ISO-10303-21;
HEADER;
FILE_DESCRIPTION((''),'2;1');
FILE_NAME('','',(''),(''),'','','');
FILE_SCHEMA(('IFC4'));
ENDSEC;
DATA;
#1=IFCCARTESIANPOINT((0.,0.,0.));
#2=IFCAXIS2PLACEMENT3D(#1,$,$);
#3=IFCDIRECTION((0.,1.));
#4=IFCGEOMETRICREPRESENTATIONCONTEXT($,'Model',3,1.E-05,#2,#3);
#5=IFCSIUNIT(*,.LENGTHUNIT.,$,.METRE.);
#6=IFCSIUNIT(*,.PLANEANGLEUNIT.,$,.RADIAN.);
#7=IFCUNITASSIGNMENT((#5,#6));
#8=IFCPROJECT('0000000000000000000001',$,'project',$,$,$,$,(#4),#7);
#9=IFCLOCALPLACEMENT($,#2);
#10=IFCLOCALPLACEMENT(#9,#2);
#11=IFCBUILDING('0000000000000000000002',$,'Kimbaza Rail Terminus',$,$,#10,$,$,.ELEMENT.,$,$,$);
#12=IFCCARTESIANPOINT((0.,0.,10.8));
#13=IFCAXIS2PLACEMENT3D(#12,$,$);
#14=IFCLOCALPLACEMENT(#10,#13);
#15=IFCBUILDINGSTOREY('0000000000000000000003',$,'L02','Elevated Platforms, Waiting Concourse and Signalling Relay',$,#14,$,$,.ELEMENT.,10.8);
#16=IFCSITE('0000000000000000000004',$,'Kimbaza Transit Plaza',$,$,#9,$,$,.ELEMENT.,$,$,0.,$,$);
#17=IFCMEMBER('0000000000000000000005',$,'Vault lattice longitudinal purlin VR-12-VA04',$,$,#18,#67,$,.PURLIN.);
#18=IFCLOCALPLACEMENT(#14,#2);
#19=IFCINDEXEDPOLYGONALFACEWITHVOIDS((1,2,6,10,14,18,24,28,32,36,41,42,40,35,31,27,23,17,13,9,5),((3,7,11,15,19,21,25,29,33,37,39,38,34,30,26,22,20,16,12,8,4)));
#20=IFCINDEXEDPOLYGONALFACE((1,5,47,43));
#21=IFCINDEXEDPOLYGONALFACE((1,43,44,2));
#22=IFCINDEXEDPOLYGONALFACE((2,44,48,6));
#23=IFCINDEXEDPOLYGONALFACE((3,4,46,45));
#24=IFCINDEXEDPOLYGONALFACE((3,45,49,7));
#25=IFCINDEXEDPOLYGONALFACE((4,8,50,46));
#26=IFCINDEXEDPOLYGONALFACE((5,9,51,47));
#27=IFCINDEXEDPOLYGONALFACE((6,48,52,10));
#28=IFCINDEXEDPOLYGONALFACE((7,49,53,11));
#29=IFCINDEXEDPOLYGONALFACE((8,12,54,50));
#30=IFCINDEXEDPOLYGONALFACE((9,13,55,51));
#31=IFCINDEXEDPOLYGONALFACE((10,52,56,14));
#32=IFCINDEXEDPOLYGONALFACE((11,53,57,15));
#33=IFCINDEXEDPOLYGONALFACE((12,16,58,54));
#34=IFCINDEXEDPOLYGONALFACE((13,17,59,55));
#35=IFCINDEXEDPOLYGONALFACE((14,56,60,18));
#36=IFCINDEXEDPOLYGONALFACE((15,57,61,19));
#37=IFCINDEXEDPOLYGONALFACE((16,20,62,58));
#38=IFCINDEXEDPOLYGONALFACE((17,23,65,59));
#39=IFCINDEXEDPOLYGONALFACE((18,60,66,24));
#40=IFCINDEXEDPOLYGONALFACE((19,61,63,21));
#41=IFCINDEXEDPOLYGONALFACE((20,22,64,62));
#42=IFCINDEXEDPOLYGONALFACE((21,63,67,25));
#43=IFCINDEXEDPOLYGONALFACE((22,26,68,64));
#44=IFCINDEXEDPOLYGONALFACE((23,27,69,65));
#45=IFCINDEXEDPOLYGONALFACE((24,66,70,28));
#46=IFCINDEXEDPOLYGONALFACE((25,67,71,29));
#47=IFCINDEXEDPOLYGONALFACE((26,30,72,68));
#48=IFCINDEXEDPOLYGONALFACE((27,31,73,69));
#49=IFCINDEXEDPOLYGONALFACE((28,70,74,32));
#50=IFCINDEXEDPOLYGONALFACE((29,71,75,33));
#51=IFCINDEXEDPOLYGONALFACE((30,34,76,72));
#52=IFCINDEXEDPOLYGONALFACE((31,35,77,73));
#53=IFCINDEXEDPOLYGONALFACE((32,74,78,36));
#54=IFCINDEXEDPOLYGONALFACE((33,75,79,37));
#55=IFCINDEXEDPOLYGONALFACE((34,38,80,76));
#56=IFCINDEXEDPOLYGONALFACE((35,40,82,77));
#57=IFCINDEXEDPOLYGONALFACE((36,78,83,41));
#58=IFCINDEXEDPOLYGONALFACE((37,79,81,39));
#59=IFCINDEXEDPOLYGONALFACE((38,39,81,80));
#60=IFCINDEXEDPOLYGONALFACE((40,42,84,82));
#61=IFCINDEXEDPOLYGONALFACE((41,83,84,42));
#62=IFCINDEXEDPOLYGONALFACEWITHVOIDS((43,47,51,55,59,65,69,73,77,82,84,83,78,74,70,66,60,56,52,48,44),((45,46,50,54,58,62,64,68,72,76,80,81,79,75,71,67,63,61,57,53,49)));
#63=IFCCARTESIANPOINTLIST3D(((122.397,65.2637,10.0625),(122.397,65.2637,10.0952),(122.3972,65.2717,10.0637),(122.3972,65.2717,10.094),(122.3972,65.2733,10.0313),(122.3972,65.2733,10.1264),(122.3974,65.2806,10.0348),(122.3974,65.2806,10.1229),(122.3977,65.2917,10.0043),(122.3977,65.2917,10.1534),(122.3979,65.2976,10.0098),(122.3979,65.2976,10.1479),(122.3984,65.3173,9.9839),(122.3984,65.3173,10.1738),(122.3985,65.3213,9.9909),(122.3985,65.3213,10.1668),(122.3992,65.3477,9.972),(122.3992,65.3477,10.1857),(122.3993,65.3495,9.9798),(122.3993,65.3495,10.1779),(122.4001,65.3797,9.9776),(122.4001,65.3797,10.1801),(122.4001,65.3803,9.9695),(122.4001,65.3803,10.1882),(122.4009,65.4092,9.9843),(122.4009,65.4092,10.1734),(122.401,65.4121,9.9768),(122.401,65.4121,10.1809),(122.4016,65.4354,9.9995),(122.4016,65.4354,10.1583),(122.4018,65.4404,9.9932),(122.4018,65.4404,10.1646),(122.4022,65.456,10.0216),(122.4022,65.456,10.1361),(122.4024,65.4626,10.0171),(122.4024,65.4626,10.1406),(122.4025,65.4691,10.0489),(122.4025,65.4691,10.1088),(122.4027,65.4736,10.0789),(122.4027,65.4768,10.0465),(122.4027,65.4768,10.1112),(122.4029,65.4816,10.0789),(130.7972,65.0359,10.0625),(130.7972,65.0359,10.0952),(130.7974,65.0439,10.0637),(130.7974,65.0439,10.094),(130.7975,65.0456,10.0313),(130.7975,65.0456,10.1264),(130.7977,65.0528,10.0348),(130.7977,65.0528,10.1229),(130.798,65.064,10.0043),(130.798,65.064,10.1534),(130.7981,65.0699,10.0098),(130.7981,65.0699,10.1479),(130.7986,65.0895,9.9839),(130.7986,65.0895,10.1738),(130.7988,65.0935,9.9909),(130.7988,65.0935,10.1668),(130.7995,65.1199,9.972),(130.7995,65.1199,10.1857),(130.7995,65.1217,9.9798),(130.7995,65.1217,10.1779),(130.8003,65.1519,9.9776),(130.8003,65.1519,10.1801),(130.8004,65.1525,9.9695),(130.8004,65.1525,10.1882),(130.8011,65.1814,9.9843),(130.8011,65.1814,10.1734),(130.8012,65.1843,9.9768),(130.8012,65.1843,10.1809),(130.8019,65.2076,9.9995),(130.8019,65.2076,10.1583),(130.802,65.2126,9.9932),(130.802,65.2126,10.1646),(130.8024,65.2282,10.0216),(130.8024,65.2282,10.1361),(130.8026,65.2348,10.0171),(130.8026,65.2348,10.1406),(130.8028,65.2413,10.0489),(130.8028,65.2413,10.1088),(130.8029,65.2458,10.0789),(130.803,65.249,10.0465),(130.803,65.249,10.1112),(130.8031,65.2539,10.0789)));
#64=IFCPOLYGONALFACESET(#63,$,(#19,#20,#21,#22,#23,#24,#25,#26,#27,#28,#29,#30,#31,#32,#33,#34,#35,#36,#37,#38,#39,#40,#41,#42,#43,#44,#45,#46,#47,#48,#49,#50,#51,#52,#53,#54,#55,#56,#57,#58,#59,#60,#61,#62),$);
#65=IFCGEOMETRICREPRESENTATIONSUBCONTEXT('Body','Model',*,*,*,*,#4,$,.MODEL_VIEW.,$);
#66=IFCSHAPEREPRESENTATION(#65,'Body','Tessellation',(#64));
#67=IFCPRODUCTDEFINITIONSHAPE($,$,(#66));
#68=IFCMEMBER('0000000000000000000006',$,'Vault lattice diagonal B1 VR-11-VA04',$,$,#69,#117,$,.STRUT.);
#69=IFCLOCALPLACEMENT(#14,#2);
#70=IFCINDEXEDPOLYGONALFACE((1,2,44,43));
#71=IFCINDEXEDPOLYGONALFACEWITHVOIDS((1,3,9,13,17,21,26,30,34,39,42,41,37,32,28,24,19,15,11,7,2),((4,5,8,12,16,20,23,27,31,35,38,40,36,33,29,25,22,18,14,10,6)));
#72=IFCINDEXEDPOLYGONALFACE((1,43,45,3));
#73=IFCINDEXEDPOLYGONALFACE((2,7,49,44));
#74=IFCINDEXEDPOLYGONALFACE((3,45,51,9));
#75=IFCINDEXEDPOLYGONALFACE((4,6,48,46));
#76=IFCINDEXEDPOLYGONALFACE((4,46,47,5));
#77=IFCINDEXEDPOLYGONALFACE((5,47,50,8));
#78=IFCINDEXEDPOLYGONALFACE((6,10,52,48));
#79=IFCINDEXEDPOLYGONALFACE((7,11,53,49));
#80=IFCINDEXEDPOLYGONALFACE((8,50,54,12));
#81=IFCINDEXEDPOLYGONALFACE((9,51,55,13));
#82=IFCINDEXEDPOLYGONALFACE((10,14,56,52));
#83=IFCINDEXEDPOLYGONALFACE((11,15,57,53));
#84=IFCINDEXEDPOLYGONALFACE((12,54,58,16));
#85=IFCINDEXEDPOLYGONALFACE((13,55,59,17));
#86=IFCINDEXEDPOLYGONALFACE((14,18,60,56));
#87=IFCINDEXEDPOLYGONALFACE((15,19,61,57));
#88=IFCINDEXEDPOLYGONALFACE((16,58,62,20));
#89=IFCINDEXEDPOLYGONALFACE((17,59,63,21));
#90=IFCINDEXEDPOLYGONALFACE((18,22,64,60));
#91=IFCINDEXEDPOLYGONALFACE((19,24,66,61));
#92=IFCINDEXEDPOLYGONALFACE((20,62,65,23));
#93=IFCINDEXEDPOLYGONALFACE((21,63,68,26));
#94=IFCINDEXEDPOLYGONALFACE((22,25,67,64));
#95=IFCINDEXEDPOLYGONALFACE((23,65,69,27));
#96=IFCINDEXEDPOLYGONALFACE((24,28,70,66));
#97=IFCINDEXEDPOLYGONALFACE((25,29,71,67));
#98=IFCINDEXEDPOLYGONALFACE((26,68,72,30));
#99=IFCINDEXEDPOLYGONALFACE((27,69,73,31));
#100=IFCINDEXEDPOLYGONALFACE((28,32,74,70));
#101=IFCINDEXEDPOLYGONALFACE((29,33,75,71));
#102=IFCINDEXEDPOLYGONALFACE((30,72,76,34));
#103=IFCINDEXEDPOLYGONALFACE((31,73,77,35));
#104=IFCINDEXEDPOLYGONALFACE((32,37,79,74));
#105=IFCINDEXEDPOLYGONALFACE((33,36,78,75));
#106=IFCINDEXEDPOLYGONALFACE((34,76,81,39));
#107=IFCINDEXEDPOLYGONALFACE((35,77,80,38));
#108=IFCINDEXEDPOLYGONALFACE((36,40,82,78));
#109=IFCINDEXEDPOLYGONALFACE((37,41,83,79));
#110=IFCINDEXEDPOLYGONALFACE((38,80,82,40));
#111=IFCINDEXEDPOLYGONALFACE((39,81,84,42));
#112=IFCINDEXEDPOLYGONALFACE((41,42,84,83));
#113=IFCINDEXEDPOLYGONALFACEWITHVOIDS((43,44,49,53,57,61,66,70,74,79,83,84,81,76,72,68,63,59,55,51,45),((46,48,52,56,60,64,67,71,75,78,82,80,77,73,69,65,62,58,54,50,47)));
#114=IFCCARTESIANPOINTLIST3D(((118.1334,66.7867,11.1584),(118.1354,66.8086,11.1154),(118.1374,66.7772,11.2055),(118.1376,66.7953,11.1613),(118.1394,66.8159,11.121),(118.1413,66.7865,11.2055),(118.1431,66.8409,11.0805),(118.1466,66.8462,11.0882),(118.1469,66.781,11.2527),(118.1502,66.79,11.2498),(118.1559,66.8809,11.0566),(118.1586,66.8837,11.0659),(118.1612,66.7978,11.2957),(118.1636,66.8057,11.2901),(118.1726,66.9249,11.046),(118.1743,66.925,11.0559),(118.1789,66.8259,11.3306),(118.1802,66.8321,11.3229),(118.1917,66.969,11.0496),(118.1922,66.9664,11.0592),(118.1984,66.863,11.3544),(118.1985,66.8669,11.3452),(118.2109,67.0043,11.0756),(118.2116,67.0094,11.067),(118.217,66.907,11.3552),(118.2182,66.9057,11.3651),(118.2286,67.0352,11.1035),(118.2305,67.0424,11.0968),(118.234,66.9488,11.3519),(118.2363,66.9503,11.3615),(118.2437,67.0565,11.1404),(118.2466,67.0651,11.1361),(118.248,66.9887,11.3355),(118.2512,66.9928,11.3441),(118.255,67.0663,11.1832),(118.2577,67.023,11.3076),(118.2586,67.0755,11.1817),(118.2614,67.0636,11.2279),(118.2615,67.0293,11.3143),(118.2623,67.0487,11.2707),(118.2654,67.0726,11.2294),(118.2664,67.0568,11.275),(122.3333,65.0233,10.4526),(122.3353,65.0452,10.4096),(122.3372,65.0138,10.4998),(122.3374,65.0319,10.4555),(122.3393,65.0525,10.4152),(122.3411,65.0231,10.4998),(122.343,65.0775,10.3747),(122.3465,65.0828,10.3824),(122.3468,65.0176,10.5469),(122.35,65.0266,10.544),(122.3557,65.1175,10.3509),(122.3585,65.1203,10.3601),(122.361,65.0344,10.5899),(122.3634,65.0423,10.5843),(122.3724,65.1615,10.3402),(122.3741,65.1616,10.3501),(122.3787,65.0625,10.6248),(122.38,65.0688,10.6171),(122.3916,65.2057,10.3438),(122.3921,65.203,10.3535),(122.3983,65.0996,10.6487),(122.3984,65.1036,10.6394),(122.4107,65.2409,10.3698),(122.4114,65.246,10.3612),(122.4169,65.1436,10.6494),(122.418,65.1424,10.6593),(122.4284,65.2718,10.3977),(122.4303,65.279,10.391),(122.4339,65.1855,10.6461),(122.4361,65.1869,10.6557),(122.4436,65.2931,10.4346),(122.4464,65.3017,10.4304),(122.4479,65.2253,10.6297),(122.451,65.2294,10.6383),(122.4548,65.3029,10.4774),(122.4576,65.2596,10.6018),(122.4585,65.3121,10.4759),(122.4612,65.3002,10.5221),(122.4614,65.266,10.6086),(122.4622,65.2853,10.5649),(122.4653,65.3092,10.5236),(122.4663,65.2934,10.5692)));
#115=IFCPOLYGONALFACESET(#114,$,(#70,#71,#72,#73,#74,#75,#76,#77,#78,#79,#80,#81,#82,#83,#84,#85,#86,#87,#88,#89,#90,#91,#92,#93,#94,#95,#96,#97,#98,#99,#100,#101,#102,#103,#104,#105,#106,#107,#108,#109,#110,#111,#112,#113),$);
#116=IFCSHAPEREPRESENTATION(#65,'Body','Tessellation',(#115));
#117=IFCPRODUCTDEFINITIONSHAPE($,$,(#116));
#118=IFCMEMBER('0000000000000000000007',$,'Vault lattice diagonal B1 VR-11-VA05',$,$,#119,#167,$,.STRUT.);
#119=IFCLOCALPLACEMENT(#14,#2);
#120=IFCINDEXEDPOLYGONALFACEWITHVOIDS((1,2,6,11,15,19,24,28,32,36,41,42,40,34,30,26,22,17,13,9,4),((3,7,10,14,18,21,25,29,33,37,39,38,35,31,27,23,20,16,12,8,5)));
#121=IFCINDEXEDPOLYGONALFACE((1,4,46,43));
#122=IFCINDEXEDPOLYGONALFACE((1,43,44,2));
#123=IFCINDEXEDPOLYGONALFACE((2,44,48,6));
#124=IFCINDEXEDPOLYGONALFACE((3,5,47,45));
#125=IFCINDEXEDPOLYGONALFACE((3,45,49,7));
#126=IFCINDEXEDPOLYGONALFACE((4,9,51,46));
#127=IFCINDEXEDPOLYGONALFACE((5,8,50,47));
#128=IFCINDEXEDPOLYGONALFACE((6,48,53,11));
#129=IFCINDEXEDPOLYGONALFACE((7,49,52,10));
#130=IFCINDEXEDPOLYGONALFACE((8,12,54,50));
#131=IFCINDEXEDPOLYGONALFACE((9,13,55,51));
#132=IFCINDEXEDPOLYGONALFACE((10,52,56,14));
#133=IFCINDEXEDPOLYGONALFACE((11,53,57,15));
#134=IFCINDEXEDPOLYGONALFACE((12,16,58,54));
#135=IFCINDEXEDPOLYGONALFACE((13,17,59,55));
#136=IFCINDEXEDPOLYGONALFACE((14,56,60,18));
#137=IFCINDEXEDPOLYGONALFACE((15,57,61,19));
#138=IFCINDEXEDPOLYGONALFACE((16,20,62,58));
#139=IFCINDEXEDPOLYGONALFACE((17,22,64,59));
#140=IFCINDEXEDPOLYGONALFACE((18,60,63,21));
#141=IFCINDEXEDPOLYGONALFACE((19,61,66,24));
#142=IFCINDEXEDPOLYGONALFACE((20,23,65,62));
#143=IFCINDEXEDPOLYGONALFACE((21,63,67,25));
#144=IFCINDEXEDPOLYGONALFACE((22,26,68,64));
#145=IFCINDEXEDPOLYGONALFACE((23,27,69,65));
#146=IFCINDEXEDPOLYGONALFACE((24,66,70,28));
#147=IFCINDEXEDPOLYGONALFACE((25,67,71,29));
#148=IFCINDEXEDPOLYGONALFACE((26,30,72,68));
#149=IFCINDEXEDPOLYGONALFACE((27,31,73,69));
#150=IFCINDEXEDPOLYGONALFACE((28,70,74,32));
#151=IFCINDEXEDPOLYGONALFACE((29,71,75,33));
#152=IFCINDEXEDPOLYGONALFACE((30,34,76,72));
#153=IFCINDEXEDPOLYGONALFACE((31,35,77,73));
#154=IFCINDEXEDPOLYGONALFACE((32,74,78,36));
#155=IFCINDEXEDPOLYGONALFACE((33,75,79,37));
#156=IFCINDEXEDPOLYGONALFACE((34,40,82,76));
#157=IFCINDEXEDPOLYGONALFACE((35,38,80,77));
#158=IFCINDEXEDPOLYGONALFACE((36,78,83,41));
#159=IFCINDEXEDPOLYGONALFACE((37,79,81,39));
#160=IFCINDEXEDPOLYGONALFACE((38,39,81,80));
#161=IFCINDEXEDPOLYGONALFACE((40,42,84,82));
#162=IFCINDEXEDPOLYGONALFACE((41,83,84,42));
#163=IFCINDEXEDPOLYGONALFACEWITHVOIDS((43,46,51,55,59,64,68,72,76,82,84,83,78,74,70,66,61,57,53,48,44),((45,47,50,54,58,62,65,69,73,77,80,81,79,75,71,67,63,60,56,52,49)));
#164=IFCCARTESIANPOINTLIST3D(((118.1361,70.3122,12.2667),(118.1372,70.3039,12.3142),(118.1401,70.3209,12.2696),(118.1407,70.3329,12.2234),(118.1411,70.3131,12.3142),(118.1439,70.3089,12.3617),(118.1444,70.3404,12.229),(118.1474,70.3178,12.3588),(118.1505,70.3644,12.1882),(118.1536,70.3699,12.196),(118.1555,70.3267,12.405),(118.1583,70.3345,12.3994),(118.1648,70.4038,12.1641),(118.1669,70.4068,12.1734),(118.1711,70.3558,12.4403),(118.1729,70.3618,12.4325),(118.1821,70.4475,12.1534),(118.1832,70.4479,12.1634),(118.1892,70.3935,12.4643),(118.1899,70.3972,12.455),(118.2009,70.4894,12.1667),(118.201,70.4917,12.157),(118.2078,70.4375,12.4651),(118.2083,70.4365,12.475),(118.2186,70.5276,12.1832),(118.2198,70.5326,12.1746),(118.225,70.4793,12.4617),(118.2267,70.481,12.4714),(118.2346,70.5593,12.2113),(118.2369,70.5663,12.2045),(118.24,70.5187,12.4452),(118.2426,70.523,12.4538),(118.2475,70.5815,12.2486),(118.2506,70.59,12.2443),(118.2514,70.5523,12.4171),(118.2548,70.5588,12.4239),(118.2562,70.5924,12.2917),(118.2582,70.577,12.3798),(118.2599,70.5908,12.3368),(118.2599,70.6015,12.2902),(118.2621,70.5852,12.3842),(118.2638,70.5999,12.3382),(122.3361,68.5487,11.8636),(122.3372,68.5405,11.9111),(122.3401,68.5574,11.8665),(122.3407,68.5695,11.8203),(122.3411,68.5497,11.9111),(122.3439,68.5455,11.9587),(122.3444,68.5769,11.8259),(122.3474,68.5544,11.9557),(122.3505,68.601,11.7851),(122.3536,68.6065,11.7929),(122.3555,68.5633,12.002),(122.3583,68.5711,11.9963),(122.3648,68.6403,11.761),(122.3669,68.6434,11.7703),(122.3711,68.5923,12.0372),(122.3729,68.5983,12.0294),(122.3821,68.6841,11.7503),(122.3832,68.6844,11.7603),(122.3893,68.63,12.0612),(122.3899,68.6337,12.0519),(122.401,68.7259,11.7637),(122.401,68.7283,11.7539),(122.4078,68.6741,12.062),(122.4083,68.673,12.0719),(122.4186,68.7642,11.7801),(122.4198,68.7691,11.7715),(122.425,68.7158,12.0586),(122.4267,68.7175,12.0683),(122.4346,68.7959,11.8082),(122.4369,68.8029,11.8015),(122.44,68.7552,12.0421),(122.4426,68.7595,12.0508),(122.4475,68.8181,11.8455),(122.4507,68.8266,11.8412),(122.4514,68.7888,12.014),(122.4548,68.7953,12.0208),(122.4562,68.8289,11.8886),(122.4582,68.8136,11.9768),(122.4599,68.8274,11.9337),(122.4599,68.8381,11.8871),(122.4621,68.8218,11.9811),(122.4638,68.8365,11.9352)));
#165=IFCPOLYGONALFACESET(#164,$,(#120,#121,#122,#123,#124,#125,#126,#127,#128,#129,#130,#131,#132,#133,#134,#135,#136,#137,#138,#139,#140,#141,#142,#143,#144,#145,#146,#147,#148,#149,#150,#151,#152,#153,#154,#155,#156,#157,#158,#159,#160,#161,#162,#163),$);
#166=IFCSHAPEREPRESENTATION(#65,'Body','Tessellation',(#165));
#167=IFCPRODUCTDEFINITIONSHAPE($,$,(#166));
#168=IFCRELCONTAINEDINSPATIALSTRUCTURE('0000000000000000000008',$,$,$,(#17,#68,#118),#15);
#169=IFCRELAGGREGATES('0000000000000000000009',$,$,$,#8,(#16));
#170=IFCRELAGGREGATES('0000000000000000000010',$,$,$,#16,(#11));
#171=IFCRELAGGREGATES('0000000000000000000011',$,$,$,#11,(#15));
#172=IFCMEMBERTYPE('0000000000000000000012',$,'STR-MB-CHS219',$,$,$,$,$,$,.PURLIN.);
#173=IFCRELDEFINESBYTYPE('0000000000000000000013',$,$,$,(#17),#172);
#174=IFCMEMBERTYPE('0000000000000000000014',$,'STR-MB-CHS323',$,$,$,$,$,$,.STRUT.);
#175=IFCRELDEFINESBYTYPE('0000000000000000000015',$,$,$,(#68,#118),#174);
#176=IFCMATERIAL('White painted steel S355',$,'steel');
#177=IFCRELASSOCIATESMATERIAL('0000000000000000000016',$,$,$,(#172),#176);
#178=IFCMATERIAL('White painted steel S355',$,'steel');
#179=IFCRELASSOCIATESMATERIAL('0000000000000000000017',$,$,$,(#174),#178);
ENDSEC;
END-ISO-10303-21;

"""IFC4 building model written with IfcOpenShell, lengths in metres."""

from ifc_helpers import new_model, si_unit, direction, frame, origin, origin_2d, place, context, subcontext, project, spatial, hollow_circle, extrude, material, material_profile, profile_set, type_object, element, save


model = new_model("IFC4")

# Units and contexts
model_context = context("Model", 3, precision=1e-05, world=origin(), true_north=direction((0.0, 1.0)))
body_context = subcontext(model_context, "Body", "Model", "MODEL_VIEW")
ifc_project = project(units=[si_unit("LENGTHUNIT", "METRE"), si_unit("PLANEANGLEUNIT", "RADIAN")], contexts=[model_context])

# Site, building, storey
site_placement = place(None, origin())
site = spatial("IfcSite", under=ifc_project, at=site_placement, Name="Kimbaza Transit Plaza", CompositionType="ELEMENT", RefElevation=0.0)
building_placement = place(site_placement, origin())
building = spatial("IfcBuilding", under=site, at=building_placement, Name="Kimbaza Rail Terminus", CompositionType="ELEMENT")
storey_placement = place(building_placement, frame((0.0, 0.0, 10.8)))
storey = spatial("IfcBuildingStorey", under=building, at=storey_placement, Name="L02", Description="Elevated Platforms, Waiting Concourse and Signalling Relay", CompositionType="ELEMENT", Elevation=10.8)

# Members
ifc_material_1 = material(Name="White painted steel S355", Category="steel")
ifc_material_profile_1 = material_profile(ifc_material_1, hollow_circle(Radius=0.1096, WallThickness=0.0081, at=origin_2d()), Name="CHS 219.1x8")
ifc_profile_set_1 = profile_set([ifc_material_profile_1], Name="White painted steel S355")
member_type_1 = type_object("IfcMemberType", Name="STR-MB-CHS219", PredefinedType="PURLIN", material=ifc_profile_set_1)
for number, where, z_axis, x_axis, name in (
    (1, (122.3999, 65.3721, 10.0789), (0.999633, -0.027107, 0.0), (0.027107, 0.999633, 0.0), "Vault lattice longitudinal purlin VR-12-VA04"),
):
    element("IfcMember", number, at=place(storey_placement, frame(where, z_axis=z_axis, x_axis=x_axis)), inside=storey, type_object=member_type_1, Name=name, PredefinedType="PURLIN", context=body_context, shape_type="SweptSolid", body=[
        extrude(hollow_circle(Radius=0.1096, WallThickness=0.0081, at=origin_2d()), origin(), (0.0, 0.0, 1.0), 8.4033),
    ])
ifc_material_2 = material(Name="White painted steel S355", Category="steel")
ifc_material_profile_2 = material_profile(ifc_material_2, hollow_circle(Radius=0.1619, WallThickness=0.01, at=origin_2d()), Name="CHS 323.9x10")
ifc_profile_set_2 = profile_set([ifc_material_profile_2], Name="White painted steel S355")
member_type_2 = type_object("IfcMemberType", Name="STR-MB-CHS323", PredefinedType="STRUT", material=ifc_profile_set_2)
member_1_placement = place(storey_placement, frame((122.3999, 65.1631, 10.4998), z_axis=(-0.911152, 0.382564, 0.153121), x_axis=(-0.38713, -0.922025, 0.0)))
element("IfcMember", 2, at=member_1_placement, inside=storey, type_object=member_type_2, Name="Vault lattice diagonal B1 VR-11-VA04", PredefinedType="STRUT", context=body_context, shape_type="SweptSolid", body=[
    extrude(hollow_circle(Radius=0.1619, WallThickness=0.01, at=origin_2d()), origin(), (0.0, 0.0, 1.0), 4.6094),
])
member_2_placement = place(storey_placement, frame((122.3999, 68.6897, 11.9111), z_axis=(-0.918437, 0.385623, 0.088144), x_axis=(-0.38713, -0.922025, 0.0)))
element("IfcMember", 3, at=member_2_placement, inside=storey, type_object=member_type_2, Name="Vault lattice diagonal B1 VR-11-VA05", PredefinedType="STRUT", context=body_context, shape_type="SweptSolid", body=[
    extrude(hollow_circle(Radius=0.1619, WallThickness=0.01, at=origin_2d()), origin(), (0.0, 0.0, 1.0), 4.573),
])

save(model, "model.ifc")
